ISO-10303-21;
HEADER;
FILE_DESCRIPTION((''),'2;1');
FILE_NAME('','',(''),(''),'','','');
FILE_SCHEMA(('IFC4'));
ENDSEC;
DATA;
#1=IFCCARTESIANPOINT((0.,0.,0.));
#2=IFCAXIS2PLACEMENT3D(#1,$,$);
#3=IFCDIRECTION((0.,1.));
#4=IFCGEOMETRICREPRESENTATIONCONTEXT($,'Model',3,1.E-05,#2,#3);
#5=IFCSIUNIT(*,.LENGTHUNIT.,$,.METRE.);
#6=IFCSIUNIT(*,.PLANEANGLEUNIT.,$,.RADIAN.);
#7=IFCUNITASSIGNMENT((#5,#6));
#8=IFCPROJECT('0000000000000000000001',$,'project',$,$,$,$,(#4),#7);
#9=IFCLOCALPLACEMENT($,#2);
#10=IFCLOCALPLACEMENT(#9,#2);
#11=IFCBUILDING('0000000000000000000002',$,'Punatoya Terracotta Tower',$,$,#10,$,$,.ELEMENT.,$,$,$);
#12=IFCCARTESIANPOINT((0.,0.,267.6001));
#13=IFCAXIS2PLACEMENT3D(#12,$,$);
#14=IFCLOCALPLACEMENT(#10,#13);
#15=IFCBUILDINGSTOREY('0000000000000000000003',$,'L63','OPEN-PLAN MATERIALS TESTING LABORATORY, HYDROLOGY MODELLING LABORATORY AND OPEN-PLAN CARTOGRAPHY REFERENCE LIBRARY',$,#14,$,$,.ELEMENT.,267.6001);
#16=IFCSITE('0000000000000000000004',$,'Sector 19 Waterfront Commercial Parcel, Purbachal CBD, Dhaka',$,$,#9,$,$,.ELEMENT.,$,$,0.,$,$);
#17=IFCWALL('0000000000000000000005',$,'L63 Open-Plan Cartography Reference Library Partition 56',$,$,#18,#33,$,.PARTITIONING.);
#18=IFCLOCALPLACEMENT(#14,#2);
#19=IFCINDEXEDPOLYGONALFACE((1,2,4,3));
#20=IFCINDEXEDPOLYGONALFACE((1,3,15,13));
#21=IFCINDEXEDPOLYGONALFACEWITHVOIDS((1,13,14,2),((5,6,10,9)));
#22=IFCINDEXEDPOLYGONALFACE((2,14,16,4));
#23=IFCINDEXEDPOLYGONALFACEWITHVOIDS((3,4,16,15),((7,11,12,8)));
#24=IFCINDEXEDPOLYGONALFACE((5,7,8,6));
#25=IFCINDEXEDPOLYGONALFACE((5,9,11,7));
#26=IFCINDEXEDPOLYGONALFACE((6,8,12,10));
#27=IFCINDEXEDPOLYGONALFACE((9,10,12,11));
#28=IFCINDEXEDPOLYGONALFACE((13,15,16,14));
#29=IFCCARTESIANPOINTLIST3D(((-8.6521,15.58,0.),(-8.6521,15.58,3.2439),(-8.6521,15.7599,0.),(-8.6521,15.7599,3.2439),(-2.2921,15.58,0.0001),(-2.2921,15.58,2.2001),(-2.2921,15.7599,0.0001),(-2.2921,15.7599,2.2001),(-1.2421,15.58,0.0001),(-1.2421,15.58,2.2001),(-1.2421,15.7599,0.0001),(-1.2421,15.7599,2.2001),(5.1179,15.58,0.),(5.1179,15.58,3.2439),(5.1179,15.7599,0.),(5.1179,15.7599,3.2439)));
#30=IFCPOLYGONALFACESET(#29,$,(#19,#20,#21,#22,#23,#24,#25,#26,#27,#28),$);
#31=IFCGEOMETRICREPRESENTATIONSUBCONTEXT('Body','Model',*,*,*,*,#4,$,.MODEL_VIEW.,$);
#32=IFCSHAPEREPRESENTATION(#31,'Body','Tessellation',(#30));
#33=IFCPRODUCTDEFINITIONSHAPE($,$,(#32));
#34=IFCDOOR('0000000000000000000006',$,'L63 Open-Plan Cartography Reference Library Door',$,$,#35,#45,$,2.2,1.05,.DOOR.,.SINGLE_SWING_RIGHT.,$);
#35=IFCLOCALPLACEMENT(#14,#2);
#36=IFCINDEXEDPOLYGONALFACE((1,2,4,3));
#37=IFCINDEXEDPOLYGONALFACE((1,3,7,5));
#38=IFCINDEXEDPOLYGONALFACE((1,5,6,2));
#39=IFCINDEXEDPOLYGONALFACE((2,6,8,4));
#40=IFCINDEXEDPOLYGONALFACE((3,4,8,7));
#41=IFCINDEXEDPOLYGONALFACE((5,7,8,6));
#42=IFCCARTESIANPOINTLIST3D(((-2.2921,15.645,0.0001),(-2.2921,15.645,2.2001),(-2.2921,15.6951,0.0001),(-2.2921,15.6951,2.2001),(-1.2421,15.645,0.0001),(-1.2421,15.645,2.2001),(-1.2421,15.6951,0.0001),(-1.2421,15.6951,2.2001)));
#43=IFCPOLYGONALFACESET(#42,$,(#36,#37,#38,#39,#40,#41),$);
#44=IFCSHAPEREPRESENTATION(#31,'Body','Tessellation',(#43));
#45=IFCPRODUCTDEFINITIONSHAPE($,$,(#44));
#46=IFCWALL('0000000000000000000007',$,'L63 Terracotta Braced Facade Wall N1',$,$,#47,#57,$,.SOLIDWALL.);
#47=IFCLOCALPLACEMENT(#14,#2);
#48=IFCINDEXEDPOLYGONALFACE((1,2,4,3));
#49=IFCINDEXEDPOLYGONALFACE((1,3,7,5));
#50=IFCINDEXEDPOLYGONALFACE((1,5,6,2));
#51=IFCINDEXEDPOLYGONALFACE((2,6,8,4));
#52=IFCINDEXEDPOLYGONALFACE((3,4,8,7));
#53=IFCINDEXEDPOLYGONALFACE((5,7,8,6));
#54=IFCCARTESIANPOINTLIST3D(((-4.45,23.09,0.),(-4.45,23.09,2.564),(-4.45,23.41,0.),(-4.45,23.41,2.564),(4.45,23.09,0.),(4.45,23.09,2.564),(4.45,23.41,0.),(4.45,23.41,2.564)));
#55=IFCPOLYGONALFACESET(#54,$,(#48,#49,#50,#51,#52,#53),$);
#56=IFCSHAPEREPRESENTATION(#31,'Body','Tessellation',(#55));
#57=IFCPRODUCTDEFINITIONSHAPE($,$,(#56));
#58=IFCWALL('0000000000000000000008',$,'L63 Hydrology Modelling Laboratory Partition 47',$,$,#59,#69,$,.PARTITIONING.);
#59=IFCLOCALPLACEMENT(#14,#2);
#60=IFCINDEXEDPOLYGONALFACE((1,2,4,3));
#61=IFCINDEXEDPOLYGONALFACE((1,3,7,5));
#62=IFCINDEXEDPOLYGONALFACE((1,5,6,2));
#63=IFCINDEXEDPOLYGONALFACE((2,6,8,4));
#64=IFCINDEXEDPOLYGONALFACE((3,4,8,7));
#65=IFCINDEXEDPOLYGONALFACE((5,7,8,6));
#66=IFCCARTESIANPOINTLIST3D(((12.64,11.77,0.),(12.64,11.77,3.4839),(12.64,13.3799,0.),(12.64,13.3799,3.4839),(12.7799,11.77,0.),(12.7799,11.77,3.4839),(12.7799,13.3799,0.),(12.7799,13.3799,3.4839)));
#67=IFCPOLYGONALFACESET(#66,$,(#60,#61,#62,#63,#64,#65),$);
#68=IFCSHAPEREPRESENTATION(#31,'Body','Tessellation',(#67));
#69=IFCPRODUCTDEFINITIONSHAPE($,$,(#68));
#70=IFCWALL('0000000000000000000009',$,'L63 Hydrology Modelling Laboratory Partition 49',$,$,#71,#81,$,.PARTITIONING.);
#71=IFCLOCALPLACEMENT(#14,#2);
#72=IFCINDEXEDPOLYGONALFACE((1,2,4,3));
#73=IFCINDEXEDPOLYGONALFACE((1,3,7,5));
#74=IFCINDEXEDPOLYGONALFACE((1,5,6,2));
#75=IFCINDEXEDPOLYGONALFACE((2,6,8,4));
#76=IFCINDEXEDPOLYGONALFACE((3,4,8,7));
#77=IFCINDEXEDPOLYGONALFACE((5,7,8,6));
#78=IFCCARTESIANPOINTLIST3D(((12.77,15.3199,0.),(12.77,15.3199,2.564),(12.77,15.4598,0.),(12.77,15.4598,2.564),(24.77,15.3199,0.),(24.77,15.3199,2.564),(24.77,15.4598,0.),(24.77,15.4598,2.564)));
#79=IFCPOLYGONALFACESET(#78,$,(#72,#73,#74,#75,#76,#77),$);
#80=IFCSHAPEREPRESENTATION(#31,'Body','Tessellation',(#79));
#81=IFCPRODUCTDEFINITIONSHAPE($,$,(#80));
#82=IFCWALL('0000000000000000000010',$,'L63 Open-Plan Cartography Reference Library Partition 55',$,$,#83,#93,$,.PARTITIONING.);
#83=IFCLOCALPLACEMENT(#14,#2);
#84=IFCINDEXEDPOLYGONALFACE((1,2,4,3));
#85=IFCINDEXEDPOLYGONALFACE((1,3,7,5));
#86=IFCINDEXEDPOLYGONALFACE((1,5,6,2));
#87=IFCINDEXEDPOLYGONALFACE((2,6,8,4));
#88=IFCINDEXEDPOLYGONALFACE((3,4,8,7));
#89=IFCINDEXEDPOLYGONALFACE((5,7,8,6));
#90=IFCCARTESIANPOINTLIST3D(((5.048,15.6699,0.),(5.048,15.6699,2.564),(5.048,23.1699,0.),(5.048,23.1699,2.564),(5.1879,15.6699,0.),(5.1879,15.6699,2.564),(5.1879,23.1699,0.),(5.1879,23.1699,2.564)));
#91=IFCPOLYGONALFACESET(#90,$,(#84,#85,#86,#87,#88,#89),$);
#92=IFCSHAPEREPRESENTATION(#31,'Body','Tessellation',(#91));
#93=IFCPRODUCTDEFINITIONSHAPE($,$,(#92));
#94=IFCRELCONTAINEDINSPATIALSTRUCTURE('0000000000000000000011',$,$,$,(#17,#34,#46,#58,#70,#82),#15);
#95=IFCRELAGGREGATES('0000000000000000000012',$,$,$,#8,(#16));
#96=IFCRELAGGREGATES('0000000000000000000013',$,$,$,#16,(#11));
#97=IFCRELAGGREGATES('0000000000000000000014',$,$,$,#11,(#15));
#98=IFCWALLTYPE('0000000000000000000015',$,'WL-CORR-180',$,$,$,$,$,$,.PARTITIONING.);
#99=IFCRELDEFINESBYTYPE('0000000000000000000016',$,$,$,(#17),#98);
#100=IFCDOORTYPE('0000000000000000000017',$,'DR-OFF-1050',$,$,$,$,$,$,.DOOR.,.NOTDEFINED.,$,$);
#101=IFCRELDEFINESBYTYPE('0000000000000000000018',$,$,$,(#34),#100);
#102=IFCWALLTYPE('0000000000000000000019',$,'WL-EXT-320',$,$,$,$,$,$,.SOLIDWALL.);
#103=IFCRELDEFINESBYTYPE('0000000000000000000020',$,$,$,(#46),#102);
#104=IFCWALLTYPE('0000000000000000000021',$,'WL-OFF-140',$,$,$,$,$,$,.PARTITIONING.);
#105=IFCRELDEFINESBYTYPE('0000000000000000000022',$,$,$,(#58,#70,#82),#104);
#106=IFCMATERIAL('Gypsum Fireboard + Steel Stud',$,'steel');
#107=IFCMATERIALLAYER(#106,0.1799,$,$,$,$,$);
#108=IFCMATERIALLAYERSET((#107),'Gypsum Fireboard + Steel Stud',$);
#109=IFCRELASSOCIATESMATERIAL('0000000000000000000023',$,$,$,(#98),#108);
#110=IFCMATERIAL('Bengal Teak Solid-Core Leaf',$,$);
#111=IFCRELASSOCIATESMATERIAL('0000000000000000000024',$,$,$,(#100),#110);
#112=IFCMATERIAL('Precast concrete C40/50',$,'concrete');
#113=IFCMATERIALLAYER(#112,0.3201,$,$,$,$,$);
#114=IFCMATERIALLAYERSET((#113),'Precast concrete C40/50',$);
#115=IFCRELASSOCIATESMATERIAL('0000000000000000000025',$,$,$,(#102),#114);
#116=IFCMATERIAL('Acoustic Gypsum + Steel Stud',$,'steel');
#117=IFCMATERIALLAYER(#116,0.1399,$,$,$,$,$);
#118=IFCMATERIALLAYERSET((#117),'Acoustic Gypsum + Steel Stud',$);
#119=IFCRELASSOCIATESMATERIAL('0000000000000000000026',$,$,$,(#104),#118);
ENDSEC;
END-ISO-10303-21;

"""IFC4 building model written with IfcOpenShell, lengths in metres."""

from ifc_helpers import new_model, si_unit, direction, frame, frame_2d, origin, place, context, subcontext, project, spatial, rectangle, extrude, material, layer, layer_set, type_object, element, fill, save


model = new_model("IFC4")

# Units and contexts
model_context = context("Model", 3, precision=1e-05, world=origin(), true_north=direction((0.0, 1.0)))
body_context = subcontext(model_context, "Body", "Model", "MODEL_VIEW")
ifc_project = project(units=[si_unit("LENGTHUNIT", "METRE"), si_unit("PLANEANGLEUNIT", "RADIAN")], contexts=[model_context])

# Site, building, storey
site_placement = place(None, origin())
site = spatial("IfcSite", under=ifc_project, at=site_placement, Name="Sector 19 Waterfront Commercial Parcel, Purbachal CBD, Dhaka", CompositionType="ELEMENT", RefElevation=0.0)
building_placement = place(site_placement, origin())
building = spatial("IfcBuilding", under=site, at=building_placement, Name="Punatoya Terracotta Tower", CompositionType="ELEMENT")
storey_placement = place(building_placement, frame((0.0, 0.0, 267.6001)))
storey = spatial("IfcBuildingStorey", under=building, at=storey_placement, Name="L63", Description="OPEN-PLAN MATERIALS TESTING LABORATORY, HYDROLOGY MODELLING LABORATORY AND OPEN-PLAN CARTOGRAPHY REFERENCE LIBRARY", CompositionType="ELEMENT", Elevation=267.6001)

# Shared definitions
ifc_material_1 = material(Name="Gypsum Fireboard + Steel Stud", Category="steel")
ifc_layer_1 = layer(ifc_material_1, 0.1799)
ifc_layer_set_1 = layer_set([ifc_layer_1], Name="Gypsum Fireboard + Steel Stud")
wall_type_1 = type_object("IfcWallType", Name="WL-CORR-180", PredefinedType="PARTITIONING", material=ifc_layer_set_1)

# Wall, opening, door
wall_1_placement = place(storey_placement, frame((5.1179, 15.6699, 0.0), z_axis=(0.0, 0.0, 1.0), x_axis=(-1.0, 0.0, 0.0)))
wall_1 = element("IfcWall", 1, at=wall_1_placement, inside=storey, type_object=wall_type_1, Name="L63 Open-Plan Cartography Reference Library Partition 56", PredefinedType="PARTITIONING", context=body_context, shape_type="SweptSolid", body=[
    extrude(rectangle(XDim=13.77, YDim=0.1799, at=frame_2d((6.885, 0.0))), origin(), (0.0, 0.0, 1.0), 3.2439),
])
opening_placement = place(wall_1_placement, frame((6.3601, 0.0, 0.0)))
opening = element("IfcOpeningElement", 2, at=opening_placement, cuts=wall_1, PredefinedType="OPENING", context=body_context, shape_type="SweptSolid", body=[
    extrude(rectangle(XDim=1.05, YDim=2.2, at=frame_2d((0.5249, 1.1001))), frame((0.0, 0.0999, 0.0), z_axis=(0.0, -1.0, 0.0), x_axis=(1.0, 0.0, 0.0)), (0.0, 0.0, 1.0), 0.2),
])
ifc_material_2 = material(Name="Bengal Teak Solid-Core Leaf")
door_type = type_object("IfcDoorType", Name="DR-OFF-1050", OperationType="NOTDEFINED", PredefinedType="DOOR", material=ifc_material_2)
door_placement = place(opening_placement, origin())
door = element("IfcDoor", 3, at=door_placement, inside=storey, type_object=door_type, Name="L63 Open-Plan Cartography Reference Library Door", OperationType="SINGLE_SWING_RIGHT", OverallHeight=2.2, OverallWidth=1.05, PredefinedType="DOOR", context=body_context, shape_type="SweptSolid", body=[
    extrude(rectangle(XDim=1.05, YDim=2.2, at=frame_2d((0.5249, 1.1001))), frame((0.0, 0.0249, 0.0), z_axis=(0.0, -1.0, 0.0), x_axis=(1.0, 0.0, 0.0)), (0.0, 0.0, 1.0), 0.05),
])
fill(opening, door)

# Walls
ifc_material_3 = material(Name="Precast concrete C40/50", Category="concrete")
ifc_layer_2 = layer(ifc_material_3, 0.3201)
ifc_layer_set_2 = layer_set([ifc_layer_2], Name="Precast concrete C40/50")
wall_type_2 = type_object("IfcWallType", Name="WL-EXT-320", PredefinedType="SOLIDWALL", material=ifc_layer_set_2)
wall_2_placement = place(storey_placement, frame((4.45, 23.25, 0.0), z_axis=(0.0, 0.0, 1.0), x_axis=(-1.0, 0.0, 0.0)))
element("IfcWall", 4, at=wall_2_placement, inside=storey, type_object=wall_type_2, Name="L63 Terracotta Braced Facade Wall N1", PredefinedType="SOLIDWALL", context=body_context, shape_type="SweptSolid", body=[
    extrude(rectangle(XDim=8.8999, YDim=0.3201, at=frame_2d((4.45, 0.0))), origin(), (0.0, 0.0, 1.0), 2.564),
])
ifc_material_4 = material(Name="Acoustic Gypsum + Steel Stud", Category="steel")
ifc_layer_3 = layer(ifc_material_4, 0.1399)
ifc_layer_set_3 = layer_set([ifc_layer_3], Name="Acoustic Gypsum + Steel Stud")
wall_type_3 = type_object("IfcWallType", Name="WL-OFF-140", PredefinedType="PARTITIONING", material=ifc_layer_set_3)
wall_3_placement = place(storey_placement, frame((12.71, 11.77, 0.0), z_axis=(0.0, 0.0, 1.0), x_axis=(0.0, 1.0, 0.0)))
element("IfcWall", 5, at=wall_3_placement, inside=storey, type_object=wall_type_3, Name="L63 Hydrology Modelling Laboratory Partition 47", PredefinedType="PARTITIONING", context=body_context, shape_type="SweptSolid", body=[
    extrude(rectangle(XDim=1.6099, YDim=0.1399, at=frame_2d((0.8049, 0.0))), origin(), (0.0, 0.0, 1.0), 3.4839),
])
wall_4_placement = place(storey_placement, frame((12.77, 15.3899, 0.0), z_axis=(0.0, 0.0, 1.0), x_axis=(1.0, 0.0, 0.0)))
element("IfcWall", 6, at=wall_4_placement, inside=storey, type_object=wall_type_3, Name="L63 Hydrology Modelling Laboratory Partition 49", PredefinedType="PARTITIONING", context=body_context, shape_type="SweptSolid", body=[
    extrude(rectangle(XDim=12.0, YDim=0.1399, at=frame_2d((6.0, 0.0))), origin(), (0.0, 0.0, 1.0), 2.564),
])
wall_5_placement = place(storey_placement, frame((5.1179, 23.1699, 0.0), z_axis=(0.0, 0.0, 1.0), x_axis=(0.0, -1.0, 0.0)))
element("IfcWall", 7, at=wall_5_placement, inside=storey, type_object=wall_type_3, Name="L63 Open-Plan Cartography Reference Library Partition 55", PredefinedType="PARTITIONING", context=body_context, shape_type="SweptSolid", body=[
    extrude(rectangle(XDim=7.5, YDim=0.1399, at=frame_2d((3.75, 0.0))), origin(), (0.0, 0.0, 1.0), 2.564),
])

save(model, "model.ifc")
